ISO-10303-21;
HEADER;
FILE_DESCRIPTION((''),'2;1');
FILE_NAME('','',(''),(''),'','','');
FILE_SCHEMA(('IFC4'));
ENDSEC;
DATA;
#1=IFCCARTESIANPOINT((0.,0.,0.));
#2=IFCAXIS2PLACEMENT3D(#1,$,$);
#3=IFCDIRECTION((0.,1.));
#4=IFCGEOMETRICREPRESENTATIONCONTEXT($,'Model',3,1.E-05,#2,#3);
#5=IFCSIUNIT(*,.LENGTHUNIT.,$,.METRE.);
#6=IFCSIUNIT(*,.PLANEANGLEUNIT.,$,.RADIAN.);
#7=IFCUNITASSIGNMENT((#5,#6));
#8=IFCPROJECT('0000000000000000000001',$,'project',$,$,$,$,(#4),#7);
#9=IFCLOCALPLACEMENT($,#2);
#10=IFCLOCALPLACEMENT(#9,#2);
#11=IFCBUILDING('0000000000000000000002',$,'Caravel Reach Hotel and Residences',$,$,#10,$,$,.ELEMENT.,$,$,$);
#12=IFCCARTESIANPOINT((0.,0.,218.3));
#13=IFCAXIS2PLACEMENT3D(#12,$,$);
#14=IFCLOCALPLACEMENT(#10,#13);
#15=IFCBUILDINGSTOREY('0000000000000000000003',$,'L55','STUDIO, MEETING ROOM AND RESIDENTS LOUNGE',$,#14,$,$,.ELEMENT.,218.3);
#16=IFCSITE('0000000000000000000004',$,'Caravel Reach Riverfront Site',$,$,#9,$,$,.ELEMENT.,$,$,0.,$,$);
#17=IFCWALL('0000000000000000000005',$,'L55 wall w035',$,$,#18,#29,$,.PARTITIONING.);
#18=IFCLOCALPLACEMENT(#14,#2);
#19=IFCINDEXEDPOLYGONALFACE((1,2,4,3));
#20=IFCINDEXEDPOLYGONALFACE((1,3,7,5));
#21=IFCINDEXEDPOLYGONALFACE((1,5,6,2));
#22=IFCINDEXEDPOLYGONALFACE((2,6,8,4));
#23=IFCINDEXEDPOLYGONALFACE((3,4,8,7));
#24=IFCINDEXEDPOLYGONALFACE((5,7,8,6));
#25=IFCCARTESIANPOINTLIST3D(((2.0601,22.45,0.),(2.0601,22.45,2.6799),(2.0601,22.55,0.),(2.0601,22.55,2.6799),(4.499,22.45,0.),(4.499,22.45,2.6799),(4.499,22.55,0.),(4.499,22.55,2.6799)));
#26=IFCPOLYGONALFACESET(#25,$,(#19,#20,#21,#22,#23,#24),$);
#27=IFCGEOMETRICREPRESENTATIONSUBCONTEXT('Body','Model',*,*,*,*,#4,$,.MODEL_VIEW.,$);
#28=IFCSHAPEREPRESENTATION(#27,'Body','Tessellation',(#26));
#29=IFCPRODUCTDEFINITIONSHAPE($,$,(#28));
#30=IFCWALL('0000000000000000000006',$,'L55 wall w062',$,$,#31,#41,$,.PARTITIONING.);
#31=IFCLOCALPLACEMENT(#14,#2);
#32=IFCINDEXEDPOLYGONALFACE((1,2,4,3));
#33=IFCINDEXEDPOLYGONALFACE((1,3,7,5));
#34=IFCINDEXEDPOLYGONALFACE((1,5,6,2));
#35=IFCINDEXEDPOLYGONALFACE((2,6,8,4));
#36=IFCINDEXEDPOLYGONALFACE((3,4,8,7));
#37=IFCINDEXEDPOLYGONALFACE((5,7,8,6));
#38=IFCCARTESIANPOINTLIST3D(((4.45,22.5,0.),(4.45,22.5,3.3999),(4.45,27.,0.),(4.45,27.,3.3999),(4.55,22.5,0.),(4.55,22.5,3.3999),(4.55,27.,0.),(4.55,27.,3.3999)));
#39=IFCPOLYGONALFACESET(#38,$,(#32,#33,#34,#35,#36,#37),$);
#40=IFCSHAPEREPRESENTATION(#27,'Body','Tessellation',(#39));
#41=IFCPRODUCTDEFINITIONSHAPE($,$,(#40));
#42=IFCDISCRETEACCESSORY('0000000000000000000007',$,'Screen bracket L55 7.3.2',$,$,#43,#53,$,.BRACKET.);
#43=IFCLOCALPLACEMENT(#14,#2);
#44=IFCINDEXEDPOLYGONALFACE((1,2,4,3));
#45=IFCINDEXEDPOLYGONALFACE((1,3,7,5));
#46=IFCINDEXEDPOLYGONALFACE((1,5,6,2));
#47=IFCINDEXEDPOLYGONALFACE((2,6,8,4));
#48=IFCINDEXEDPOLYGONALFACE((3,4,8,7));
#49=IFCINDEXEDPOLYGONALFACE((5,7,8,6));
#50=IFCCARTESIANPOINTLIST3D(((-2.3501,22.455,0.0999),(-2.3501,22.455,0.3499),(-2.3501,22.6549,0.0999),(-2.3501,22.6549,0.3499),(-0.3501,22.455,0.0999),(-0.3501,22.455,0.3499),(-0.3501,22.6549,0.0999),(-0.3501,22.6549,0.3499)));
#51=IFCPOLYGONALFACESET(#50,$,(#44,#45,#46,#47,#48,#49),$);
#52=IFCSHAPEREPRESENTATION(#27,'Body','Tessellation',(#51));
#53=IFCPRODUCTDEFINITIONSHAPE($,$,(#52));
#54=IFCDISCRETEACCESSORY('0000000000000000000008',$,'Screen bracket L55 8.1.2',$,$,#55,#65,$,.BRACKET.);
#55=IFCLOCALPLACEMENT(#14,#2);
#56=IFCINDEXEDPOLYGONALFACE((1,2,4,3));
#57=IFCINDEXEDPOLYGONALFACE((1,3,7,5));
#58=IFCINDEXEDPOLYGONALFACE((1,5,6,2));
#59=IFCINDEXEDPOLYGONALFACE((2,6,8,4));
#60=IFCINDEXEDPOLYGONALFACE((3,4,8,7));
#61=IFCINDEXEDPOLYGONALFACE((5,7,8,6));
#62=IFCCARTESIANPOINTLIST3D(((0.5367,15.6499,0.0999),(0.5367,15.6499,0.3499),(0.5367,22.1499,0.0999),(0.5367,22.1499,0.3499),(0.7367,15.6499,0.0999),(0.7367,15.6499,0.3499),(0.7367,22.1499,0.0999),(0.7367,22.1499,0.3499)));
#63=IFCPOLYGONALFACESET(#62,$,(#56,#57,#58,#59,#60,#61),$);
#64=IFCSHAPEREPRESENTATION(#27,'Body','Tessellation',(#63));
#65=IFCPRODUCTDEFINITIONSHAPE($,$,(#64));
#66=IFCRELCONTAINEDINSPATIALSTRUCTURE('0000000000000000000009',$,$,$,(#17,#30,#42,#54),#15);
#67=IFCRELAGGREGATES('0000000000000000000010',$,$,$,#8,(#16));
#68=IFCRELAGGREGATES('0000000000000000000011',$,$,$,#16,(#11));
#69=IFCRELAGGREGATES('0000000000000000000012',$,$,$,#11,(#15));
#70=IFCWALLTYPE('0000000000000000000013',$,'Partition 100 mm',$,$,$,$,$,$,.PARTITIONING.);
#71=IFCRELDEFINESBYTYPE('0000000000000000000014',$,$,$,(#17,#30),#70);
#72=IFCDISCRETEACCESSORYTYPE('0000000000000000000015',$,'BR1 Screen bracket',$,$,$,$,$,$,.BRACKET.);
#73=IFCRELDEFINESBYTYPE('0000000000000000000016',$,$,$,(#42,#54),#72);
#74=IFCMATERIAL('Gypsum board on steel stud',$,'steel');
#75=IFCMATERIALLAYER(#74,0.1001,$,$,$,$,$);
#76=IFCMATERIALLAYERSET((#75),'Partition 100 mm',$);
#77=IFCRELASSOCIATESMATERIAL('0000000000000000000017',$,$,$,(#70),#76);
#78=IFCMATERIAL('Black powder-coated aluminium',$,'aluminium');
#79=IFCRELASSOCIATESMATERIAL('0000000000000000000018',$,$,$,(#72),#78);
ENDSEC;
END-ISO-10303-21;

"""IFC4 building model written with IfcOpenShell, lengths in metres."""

from ifc_helpers import new_model, si_unit, direction, frame, frame_2d, origin, origin_2d, place, context, subcontext, project, spatial, rectangle, extrude, material, layer, layer_set, type_object, element, save


model = new_model("IFC4")

# Units and contexts
model_context = context("Model", 3, precision=1e-05, world=origin(), true_north=direction((0.0, 1.0)))
body_context = subcontext(model_context, "Body", "Model", "MODEL_VIEW")
ifc_project = project(units=[si_unit("LENGTHUNIT", "METRE"), si_unit("PLANEANGLEUNIT", "RADIAN")], contexts=[model_context])

# Site, building, storey
site_placement = place(None, origin())
site = spatial("IfcSite", under=ifc_project, at=site_placement, Name="Caravel Reach Riverfront Site", CompositionType="ELEMENT", RefElevation=0.0)
building_placement = place(site_placement, origin())
building = spatial("IfcBuilding", under=site, at=building_placement, Name="Caravel Reach Hotel and Residences", CompositionType="ELEMENT")
storey_placement = place(building_placement, frame((0.0, 0.0, 218.3)))
storey = spatial("IfcBuildingStorey", under=building, at=storey_placement, Name="L55", Description="STUDIO, MEETING ROOM AND RESIDENTS LOUNGE", CompositionType="ELEMENT", Elevation=218.3)

# Walls
ifc_material_1 = material(Name="Gypsum board on steel stud", Category="steel")
ifc_layer_1 = layer(ifc_material_1, 0.1001)
ifc_layer_set_1 = layer_set([ifc_layer_1], Name="Partition 100 mm")
wall_type_1 = type_object("IfcWallType", Name="Partition 100 mm", PredefinedType="PARTITIONING", material=ifc_layer_set_1)
wall_1_placement = place(storey_placement, frame((2.0601, 22.5, 0.0), z_axis=(0.0, 0.0, 1.0), x_axis=(1.0, 0.0, 0.0)))
element("IfcWall", 1, at=wall_1_placement, inside=storey, type_object=wall_type_1, Name="L55 wall w035", PredefinedType="PARTITIONING", context=body_context, shape_type="SweptSolid", body=[
    extrude(rectangle(XDim=2.439, YDim=0.1001, at=frame_2d((1.2195, 0.0))), origin(), (0.0, 0.0, 1.0), 2.6799),
])
wall_2_placement = place(storey_placement, frame((4.5, 22.5, 0.0), z_axis=(0.0, 0.0, 1.0), x_axis=(0.0, 1.0, 0.0)))
element("IfcWall", 2, at=wall_2_placement, inside=storey, type_object=wall_type_1, Name="L55 wall w062", PredefinedType="PARTITIONING", context=body_context, shape_type="SweptSolid", body=[
    extrude(rectangle(XDim=4.5, YDim=0.1001, at=frame_2d((2.25, 0.0))), origin(), (0.0, 0.0, 1.0), 3.3999),
])

# Discrete accessories
ifc_material_2 = material(Name="Black powder-coated aluminium", Category="aluminium")
discrete_accessory_type = type_object("IfcDiscreteAccessoryType", Name="BR1 Screen bracket", PredefinedType="BRACKET", material=ifc_material_2)
discrete_accessory_1_placement = place(storey_placement, frame((-1.3501, 22.5549, 0.0999), z_axis=(0.0, 0.0, 1.0), x_axis=(-1.0, 0.0, 0.0)))
element("IfcDiscreteAccessory", 3, at=discrete_accessory_1_placement, inside=storey, type_object=discrete_accessory_type, Name="Screen bracket L55 7.3.2", PredefinedType="BRACKET", context=body_context, shape_type="SweptSolid", body=[
    extrude(rectangle(XDim=2.0, YDim=0.2, at=origin_2d()), origin(), (0.0, 0.0, 1.0), 0.25),
])
discrete_accessory_2_placement = place(storey_placement, frame((0.6367, 18.8999, 0.0999), z_axis=(0.0, 0.0, 1.0), x_axis=(0.0, -1.0, 0.0)))
element("IfcDiscreteAccessory", 4, at=discrete_accessory_2_placement, inside=storey, type_object=discrete_accessory_type, Name="Screen bracket L55 8.1.2", PredefinedType="BRACKET", context=body_context, shape_type="SweptSolid", body=[
    extrude(rectangle(XDim=6.5, YDim=0.2, at=origin_2d()), origin(), (0.0, 0.0, 1.0), 0.25),
])

save(model, "model.ifc")
